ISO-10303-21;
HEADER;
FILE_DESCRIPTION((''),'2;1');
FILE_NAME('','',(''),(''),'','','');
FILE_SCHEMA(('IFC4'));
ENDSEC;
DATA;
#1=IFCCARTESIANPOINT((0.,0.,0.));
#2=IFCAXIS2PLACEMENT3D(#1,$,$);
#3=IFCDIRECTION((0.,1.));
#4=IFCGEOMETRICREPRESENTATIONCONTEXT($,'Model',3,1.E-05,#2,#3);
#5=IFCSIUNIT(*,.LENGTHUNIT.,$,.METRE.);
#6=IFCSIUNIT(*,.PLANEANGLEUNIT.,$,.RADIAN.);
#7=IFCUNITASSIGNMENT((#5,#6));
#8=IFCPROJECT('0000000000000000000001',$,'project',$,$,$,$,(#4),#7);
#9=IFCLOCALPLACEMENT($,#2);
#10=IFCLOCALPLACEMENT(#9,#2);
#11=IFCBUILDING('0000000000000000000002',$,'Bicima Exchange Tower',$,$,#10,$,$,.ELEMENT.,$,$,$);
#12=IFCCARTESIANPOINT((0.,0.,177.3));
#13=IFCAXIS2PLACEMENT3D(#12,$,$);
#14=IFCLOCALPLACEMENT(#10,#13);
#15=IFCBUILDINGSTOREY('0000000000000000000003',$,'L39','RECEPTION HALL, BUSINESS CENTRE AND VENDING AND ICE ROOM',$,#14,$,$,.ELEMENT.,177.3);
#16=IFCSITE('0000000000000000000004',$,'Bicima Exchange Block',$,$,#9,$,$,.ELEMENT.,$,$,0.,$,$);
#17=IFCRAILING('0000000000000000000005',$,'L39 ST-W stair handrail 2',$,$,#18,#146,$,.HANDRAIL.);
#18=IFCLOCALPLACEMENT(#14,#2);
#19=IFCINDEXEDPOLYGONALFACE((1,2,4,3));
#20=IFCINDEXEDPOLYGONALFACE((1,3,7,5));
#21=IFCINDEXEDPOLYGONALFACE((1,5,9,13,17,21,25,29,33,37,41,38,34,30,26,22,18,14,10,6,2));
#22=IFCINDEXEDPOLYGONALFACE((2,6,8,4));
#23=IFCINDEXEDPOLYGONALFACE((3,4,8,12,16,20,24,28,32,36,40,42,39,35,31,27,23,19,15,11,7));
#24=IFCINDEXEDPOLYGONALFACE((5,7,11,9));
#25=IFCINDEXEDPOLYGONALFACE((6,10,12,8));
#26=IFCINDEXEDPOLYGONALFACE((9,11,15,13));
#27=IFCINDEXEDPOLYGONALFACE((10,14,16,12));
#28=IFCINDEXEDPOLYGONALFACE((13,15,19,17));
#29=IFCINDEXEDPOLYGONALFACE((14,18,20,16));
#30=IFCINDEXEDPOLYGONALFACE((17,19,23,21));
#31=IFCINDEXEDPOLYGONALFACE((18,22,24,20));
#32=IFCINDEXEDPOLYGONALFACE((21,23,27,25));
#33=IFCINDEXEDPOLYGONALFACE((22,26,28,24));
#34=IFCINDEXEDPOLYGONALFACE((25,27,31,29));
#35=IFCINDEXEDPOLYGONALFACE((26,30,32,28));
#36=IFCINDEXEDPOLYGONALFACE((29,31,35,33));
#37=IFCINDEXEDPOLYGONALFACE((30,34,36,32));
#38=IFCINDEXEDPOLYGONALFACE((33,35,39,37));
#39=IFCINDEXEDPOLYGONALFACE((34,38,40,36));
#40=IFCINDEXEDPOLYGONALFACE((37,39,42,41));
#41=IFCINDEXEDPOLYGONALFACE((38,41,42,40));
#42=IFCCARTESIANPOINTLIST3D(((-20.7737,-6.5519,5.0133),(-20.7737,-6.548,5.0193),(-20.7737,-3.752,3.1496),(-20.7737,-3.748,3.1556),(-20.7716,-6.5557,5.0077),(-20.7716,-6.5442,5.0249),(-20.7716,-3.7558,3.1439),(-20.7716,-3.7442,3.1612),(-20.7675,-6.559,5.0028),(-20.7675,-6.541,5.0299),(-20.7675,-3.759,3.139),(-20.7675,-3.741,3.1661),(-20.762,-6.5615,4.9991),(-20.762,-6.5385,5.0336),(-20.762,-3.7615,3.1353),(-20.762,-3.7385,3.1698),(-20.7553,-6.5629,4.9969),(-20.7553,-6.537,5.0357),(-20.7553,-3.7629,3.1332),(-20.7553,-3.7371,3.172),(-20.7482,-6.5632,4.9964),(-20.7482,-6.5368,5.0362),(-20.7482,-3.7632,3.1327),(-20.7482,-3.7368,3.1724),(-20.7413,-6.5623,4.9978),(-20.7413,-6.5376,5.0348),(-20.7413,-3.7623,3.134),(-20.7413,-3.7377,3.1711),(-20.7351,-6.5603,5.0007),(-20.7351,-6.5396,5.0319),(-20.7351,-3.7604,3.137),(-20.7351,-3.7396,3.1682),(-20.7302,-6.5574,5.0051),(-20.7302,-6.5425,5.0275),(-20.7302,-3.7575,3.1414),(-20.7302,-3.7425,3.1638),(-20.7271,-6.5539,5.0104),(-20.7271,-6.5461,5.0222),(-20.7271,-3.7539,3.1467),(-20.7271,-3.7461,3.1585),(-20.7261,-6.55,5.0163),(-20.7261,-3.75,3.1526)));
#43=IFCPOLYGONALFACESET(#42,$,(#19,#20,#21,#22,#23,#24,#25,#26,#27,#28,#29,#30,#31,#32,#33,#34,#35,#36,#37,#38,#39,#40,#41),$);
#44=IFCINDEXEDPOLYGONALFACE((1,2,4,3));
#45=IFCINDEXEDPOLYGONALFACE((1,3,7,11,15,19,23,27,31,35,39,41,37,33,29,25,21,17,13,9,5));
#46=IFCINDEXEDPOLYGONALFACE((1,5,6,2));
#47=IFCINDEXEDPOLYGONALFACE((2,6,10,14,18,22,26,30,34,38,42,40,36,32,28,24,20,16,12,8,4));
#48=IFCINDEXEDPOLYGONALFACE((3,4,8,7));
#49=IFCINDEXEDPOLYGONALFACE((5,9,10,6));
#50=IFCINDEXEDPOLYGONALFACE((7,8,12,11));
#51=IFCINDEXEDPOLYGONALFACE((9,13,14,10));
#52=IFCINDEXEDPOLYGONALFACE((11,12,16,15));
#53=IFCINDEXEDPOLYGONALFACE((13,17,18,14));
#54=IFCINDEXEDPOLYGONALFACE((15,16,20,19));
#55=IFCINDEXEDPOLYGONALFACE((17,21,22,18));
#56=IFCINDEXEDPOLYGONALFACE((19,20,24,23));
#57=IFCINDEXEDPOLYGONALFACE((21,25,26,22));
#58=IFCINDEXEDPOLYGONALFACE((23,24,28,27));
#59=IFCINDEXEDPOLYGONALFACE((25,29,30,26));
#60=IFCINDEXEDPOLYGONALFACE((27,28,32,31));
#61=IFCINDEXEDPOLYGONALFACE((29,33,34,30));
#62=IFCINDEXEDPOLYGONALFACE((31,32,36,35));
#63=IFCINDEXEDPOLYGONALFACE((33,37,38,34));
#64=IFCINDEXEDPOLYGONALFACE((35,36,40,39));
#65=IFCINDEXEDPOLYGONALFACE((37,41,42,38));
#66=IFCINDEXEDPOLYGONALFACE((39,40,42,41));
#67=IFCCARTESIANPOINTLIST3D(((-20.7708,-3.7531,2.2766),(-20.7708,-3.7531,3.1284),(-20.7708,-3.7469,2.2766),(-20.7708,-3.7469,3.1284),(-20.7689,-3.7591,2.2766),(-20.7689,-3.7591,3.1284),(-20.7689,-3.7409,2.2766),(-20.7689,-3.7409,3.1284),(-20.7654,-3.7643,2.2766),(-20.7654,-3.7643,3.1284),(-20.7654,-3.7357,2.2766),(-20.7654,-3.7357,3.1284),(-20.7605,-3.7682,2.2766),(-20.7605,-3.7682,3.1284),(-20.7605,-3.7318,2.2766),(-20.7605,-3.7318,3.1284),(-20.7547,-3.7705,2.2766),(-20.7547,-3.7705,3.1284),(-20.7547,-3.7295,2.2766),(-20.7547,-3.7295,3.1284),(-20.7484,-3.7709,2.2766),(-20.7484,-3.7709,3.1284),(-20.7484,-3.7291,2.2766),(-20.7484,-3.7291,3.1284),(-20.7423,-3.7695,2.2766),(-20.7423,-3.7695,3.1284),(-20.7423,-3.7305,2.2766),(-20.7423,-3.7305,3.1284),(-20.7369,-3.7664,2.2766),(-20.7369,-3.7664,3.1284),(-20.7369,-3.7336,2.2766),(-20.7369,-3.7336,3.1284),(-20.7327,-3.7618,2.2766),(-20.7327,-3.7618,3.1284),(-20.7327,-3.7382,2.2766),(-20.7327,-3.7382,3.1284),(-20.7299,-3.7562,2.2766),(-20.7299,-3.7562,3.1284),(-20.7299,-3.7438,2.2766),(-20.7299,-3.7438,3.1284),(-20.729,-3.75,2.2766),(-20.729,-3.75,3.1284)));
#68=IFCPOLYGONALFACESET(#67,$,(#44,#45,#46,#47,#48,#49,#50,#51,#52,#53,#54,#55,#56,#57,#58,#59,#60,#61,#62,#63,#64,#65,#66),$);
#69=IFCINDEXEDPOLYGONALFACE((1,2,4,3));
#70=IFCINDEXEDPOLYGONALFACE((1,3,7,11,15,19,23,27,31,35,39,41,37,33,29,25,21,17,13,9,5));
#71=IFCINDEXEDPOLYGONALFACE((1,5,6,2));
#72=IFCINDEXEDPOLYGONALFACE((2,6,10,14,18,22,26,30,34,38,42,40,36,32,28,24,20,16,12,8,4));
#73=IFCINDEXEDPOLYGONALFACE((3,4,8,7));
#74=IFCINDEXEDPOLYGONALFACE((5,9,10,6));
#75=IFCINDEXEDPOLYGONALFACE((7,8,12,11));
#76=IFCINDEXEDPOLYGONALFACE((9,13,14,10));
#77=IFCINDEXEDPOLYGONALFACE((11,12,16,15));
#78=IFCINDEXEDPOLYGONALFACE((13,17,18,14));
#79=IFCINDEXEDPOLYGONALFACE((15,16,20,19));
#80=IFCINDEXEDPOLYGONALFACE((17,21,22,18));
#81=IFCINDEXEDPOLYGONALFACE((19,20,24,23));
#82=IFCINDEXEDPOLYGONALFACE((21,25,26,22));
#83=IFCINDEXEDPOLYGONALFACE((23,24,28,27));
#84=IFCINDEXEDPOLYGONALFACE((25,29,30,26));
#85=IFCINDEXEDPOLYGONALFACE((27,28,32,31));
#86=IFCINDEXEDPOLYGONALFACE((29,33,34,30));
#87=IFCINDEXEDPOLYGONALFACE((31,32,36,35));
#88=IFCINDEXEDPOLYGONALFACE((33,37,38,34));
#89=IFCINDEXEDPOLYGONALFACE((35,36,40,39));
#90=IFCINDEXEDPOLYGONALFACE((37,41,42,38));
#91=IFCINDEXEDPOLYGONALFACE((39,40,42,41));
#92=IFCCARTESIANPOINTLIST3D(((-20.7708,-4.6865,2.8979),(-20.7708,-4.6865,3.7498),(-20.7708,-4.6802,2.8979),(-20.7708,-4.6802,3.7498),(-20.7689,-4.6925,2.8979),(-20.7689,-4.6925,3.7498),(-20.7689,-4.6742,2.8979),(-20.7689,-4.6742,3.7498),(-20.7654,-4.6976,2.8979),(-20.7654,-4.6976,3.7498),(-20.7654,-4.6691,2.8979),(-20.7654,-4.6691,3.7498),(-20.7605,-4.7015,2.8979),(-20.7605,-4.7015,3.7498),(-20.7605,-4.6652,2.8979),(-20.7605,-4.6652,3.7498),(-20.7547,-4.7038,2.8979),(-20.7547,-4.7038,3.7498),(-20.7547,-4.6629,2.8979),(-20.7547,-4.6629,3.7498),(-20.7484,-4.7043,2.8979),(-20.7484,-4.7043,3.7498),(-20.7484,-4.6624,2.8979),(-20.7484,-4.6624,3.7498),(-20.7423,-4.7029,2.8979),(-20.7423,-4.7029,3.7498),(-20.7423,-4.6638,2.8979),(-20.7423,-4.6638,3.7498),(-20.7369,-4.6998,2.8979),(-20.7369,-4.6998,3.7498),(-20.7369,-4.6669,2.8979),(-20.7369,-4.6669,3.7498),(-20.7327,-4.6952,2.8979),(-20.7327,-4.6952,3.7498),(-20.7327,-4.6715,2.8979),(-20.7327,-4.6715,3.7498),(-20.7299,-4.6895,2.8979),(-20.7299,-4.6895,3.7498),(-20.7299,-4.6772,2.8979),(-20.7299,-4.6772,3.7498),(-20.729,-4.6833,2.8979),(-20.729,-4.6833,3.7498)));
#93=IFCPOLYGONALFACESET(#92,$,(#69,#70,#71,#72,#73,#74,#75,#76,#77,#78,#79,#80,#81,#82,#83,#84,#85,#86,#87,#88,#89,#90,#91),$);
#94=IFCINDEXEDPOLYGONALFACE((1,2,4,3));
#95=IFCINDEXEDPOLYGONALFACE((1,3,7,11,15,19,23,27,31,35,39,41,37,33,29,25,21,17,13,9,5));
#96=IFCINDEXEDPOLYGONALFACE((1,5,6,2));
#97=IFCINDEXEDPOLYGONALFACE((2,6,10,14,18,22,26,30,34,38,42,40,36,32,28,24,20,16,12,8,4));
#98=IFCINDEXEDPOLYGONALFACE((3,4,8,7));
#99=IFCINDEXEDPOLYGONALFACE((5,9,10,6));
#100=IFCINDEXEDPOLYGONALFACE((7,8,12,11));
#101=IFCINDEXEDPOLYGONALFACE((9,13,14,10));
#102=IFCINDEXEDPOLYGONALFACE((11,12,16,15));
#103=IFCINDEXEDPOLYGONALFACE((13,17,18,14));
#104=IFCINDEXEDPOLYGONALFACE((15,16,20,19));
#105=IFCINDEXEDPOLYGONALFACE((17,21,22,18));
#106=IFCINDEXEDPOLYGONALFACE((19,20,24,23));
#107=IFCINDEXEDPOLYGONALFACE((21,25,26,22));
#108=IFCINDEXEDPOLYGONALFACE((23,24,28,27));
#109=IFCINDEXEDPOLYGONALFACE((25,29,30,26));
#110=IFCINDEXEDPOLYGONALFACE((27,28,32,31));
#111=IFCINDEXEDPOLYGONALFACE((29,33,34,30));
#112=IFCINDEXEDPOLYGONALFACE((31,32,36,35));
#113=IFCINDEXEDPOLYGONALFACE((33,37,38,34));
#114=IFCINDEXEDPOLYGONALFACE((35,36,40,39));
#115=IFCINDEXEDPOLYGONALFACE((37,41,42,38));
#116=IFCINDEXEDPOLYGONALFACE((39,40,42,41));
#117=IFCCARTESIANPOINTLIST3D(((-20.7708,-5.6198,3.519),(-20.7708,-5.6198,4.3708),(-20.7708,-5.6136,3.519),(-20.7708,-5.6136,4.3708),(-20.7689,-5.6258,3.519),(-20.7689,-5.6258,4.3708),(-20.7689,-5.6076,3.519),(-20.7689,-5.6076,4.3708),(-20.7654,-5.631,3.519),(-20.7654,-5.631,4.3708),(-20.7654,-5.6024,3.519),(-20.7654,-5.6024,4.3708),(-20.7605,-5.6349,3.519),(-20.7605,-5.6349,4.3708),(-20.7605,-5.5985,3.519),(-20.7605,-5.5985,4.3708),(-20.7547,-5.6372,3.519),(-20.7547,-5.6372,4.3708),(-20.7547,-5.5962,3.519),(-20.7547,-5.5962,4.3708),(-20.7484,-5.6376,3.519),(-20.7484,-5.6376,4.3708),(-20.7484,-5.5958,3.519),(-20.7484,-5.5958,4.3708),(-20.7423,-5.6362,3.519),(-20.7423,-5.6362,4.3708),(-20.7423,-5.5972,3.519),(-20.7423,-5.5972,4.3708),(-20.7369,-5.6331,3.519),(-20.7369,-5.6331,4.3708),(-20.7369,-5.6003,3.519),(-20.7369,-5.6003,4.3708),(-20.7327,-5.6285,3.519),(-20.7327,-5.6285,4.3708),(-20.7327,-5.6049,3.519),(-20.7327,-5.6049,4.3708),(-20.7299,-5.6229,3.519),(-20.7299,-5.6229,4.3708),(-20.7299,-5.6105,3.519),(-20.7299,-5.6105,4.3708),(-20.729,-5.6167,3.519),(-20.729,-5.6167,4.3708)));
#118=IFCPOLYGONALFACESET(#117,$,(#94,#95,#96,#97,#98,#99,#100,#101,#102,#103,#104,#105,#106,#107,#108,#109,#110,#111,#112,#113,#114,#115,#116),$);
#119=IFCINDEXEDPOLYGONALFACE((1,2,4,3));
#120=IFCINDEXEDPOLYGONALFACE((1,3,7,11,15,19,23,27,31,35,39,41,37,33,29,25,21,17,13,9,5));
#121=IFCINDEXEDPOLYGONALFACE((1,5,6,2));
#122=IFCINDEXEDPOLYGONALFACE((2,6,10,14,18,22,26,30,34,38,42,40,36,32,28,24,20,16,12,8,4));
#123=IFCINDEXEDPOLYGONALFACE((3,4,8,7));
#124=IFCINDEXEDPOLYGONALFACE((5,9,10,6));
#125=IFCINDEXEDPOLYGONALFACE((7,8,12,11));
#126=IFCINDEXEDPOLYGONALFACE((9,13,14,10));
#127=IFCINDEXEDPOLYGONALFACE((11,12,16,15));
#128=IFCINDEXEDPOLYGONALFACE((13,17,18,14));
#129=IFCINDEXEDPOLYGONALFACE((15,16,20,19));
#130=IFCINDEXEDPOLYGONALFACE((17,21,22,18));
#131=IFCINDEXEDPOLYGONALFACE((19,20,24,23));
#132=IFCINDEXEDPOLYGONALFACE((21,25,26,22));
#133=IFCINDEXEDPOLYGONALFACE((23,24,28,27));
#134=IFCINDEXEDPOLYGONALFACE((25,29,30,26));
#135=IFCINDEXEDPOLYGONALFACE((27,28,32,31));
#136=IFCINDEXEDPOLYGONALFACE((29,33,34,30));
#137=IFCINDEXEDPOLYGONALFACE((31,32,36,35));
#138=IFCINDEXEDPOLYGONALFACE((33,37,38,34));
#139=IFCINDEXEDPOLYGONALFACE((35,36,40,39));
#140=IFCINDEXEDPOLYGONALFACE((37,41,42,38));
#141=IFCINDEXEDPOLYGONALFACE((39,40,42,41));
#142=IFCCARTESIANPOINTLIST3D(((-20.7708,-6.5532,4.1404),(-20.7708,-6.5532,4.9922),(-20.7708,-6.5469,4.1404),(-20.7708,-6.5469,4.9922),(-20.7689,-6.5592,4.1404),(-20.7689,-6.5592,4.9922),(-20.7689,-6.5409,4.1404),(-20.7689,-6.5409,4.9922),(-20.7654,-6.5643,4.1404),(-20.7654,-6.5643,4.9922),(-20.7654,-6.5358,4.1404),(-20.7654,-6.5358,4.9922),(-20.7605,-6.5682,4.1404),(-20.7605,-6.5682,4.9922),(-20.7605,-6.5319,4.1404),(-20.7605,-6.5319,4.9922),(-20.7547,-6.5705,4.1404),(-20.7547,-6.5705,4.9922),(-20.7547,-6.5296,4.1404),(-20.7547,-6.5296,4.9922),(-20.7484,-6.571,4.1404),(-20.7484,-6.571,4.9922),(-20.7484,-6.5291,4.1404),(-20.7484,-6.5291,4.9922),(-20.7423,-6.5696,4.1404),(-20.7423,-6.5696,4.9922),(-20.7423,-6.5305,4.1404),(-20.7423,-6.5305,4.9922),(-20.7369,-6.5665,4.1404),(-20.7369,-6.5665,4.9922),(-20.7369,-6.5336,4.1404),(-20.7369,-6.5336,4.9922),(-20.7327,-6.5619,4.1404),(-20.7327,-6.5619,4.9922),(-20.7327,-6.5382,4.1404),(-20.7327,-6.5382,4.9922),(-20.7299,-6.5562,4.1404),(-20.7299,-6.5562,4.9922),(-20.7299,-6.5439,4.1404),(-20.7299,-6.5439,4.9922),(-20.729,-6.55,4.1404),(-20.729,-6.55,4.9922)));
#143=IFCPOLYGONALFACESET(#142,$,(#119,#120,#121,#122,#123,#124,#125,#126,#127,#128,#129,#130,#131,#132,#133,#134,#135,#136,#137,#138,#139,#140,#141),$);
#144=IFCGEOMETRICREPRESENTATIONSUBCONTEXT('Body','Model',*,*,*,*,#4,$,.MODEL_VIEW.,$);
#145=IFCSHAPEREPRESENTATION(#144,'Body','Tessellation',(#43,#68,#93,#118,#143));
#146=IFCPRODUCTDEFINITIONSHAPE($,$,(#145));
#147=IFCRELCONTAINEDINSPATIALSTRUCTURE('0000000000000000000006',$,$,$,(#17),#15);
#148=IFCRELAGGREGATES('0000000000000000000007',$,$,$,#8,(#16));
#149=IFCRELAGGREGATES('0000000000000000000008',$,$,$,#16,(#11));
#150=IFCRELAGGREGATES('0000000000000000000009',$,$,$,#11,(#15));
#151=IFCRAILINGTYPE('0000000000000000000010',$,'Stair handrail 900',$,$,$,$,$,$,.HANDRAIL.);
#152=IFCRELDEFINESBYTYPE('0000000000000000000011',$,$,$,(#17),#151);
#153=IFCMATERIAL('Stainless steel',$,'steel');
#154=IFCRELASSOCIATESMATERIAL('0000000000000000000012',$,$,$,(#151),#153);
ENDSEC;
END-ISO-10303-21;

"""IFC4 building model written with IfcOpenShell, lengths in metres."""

from ifc_helpers import new_model, si_unit, direction, frame, origin, origin_2d, place, context, subcontext, project, spatial, circle, extrude, material, type_object, element, save


model = new_model("IFC4")

# Units and contexts
model_context = context("Model", 3, precision=1e-05, world=origin(), true_north=direction((0.0, 1.0)))
body_context = subcontext(model_context, "Body", "Model", "MODEL_VIEW")
ifc_project = project(units=[si_unit("LENGTHUNIT", "METRE"), si_unit("PLANEANGLEUNIT", "RADIAN")], contexts=[model_context])

# Site, building, storey
site_placement = place(None, origin())
site = spatial("IfcSite", under=ifc_project, at=site_placement, Name="Bicima Exchange Block", CompositionType="ELEMENT", RefElevation=0.0)
building_placement = place(site_placement, origin())
building = spatial("IfcBuilding", under=site, at=building_placement, Name="Bicima Exchange Tower", CompositionType="ELEMENT")
storey_placement = place(building_placement, frame((0.0, 0.0, 177.3)))
storey = spatial("IfcBuildingStorey", under=building, at=storey_placement, Name="L39", Description="RECEPTION HALL, BUSINESS CENTRE AND VENDING AND ICE ROOM", CompositionType="ELEMENT", Elevation=177.3)

# Railing
ifc_material_1 = material(Name="Stainless steel", Category="steel")
railing_type = type_object("IfcRailingType", Name="Stair handrail 900", PredefinedType="HANDRAIL", material=ifc_material_1)
railing_placement = place(storey_placement, frame((-20.75, -3.75, 2.2766)))
element("IfcRailing", 1, at=railing_placement, inside=storey, type_object=railing_type, Name="L39 ST-W stair handrail 2", PredefinedType="HANDRAIL", context=body_context, shape_type="SweptSolid", body=[
    extrude(circle(Radius=0.0239, at=origin_2d()), frame((0.0, 0.0, 0.876), z_axis=(0.0, -0.832452, 0.554097), x_axis=(1.0, 0.0, 0.0)), (0.0, 0.0, 1.0), 3.3635),
    extrude(circle(Radius=0.021, at=origin_2d()), origin(), (0.0, 0.0, 1.0), 0.8518),
    extrude(circle(Radius=0.021, at=origin_2d()), frame((0.0, -0.9333, 0.6213)), (0.0, 0.0, 1.0), 0.8518),
    extrude(circle(Radius=0.021, at=origin_2d()), frame((0.0, -1.8667, 1.2424)), (0.0, 0.0, 1.0), 0.8518),
    extrude(circle(Radius=0.021, at=origin_2d()), frame((0.0, -2.8, 1.8638)), (0.0, 0.0, 1.0), 0.8518),
])

save(model, "model.ifc")
